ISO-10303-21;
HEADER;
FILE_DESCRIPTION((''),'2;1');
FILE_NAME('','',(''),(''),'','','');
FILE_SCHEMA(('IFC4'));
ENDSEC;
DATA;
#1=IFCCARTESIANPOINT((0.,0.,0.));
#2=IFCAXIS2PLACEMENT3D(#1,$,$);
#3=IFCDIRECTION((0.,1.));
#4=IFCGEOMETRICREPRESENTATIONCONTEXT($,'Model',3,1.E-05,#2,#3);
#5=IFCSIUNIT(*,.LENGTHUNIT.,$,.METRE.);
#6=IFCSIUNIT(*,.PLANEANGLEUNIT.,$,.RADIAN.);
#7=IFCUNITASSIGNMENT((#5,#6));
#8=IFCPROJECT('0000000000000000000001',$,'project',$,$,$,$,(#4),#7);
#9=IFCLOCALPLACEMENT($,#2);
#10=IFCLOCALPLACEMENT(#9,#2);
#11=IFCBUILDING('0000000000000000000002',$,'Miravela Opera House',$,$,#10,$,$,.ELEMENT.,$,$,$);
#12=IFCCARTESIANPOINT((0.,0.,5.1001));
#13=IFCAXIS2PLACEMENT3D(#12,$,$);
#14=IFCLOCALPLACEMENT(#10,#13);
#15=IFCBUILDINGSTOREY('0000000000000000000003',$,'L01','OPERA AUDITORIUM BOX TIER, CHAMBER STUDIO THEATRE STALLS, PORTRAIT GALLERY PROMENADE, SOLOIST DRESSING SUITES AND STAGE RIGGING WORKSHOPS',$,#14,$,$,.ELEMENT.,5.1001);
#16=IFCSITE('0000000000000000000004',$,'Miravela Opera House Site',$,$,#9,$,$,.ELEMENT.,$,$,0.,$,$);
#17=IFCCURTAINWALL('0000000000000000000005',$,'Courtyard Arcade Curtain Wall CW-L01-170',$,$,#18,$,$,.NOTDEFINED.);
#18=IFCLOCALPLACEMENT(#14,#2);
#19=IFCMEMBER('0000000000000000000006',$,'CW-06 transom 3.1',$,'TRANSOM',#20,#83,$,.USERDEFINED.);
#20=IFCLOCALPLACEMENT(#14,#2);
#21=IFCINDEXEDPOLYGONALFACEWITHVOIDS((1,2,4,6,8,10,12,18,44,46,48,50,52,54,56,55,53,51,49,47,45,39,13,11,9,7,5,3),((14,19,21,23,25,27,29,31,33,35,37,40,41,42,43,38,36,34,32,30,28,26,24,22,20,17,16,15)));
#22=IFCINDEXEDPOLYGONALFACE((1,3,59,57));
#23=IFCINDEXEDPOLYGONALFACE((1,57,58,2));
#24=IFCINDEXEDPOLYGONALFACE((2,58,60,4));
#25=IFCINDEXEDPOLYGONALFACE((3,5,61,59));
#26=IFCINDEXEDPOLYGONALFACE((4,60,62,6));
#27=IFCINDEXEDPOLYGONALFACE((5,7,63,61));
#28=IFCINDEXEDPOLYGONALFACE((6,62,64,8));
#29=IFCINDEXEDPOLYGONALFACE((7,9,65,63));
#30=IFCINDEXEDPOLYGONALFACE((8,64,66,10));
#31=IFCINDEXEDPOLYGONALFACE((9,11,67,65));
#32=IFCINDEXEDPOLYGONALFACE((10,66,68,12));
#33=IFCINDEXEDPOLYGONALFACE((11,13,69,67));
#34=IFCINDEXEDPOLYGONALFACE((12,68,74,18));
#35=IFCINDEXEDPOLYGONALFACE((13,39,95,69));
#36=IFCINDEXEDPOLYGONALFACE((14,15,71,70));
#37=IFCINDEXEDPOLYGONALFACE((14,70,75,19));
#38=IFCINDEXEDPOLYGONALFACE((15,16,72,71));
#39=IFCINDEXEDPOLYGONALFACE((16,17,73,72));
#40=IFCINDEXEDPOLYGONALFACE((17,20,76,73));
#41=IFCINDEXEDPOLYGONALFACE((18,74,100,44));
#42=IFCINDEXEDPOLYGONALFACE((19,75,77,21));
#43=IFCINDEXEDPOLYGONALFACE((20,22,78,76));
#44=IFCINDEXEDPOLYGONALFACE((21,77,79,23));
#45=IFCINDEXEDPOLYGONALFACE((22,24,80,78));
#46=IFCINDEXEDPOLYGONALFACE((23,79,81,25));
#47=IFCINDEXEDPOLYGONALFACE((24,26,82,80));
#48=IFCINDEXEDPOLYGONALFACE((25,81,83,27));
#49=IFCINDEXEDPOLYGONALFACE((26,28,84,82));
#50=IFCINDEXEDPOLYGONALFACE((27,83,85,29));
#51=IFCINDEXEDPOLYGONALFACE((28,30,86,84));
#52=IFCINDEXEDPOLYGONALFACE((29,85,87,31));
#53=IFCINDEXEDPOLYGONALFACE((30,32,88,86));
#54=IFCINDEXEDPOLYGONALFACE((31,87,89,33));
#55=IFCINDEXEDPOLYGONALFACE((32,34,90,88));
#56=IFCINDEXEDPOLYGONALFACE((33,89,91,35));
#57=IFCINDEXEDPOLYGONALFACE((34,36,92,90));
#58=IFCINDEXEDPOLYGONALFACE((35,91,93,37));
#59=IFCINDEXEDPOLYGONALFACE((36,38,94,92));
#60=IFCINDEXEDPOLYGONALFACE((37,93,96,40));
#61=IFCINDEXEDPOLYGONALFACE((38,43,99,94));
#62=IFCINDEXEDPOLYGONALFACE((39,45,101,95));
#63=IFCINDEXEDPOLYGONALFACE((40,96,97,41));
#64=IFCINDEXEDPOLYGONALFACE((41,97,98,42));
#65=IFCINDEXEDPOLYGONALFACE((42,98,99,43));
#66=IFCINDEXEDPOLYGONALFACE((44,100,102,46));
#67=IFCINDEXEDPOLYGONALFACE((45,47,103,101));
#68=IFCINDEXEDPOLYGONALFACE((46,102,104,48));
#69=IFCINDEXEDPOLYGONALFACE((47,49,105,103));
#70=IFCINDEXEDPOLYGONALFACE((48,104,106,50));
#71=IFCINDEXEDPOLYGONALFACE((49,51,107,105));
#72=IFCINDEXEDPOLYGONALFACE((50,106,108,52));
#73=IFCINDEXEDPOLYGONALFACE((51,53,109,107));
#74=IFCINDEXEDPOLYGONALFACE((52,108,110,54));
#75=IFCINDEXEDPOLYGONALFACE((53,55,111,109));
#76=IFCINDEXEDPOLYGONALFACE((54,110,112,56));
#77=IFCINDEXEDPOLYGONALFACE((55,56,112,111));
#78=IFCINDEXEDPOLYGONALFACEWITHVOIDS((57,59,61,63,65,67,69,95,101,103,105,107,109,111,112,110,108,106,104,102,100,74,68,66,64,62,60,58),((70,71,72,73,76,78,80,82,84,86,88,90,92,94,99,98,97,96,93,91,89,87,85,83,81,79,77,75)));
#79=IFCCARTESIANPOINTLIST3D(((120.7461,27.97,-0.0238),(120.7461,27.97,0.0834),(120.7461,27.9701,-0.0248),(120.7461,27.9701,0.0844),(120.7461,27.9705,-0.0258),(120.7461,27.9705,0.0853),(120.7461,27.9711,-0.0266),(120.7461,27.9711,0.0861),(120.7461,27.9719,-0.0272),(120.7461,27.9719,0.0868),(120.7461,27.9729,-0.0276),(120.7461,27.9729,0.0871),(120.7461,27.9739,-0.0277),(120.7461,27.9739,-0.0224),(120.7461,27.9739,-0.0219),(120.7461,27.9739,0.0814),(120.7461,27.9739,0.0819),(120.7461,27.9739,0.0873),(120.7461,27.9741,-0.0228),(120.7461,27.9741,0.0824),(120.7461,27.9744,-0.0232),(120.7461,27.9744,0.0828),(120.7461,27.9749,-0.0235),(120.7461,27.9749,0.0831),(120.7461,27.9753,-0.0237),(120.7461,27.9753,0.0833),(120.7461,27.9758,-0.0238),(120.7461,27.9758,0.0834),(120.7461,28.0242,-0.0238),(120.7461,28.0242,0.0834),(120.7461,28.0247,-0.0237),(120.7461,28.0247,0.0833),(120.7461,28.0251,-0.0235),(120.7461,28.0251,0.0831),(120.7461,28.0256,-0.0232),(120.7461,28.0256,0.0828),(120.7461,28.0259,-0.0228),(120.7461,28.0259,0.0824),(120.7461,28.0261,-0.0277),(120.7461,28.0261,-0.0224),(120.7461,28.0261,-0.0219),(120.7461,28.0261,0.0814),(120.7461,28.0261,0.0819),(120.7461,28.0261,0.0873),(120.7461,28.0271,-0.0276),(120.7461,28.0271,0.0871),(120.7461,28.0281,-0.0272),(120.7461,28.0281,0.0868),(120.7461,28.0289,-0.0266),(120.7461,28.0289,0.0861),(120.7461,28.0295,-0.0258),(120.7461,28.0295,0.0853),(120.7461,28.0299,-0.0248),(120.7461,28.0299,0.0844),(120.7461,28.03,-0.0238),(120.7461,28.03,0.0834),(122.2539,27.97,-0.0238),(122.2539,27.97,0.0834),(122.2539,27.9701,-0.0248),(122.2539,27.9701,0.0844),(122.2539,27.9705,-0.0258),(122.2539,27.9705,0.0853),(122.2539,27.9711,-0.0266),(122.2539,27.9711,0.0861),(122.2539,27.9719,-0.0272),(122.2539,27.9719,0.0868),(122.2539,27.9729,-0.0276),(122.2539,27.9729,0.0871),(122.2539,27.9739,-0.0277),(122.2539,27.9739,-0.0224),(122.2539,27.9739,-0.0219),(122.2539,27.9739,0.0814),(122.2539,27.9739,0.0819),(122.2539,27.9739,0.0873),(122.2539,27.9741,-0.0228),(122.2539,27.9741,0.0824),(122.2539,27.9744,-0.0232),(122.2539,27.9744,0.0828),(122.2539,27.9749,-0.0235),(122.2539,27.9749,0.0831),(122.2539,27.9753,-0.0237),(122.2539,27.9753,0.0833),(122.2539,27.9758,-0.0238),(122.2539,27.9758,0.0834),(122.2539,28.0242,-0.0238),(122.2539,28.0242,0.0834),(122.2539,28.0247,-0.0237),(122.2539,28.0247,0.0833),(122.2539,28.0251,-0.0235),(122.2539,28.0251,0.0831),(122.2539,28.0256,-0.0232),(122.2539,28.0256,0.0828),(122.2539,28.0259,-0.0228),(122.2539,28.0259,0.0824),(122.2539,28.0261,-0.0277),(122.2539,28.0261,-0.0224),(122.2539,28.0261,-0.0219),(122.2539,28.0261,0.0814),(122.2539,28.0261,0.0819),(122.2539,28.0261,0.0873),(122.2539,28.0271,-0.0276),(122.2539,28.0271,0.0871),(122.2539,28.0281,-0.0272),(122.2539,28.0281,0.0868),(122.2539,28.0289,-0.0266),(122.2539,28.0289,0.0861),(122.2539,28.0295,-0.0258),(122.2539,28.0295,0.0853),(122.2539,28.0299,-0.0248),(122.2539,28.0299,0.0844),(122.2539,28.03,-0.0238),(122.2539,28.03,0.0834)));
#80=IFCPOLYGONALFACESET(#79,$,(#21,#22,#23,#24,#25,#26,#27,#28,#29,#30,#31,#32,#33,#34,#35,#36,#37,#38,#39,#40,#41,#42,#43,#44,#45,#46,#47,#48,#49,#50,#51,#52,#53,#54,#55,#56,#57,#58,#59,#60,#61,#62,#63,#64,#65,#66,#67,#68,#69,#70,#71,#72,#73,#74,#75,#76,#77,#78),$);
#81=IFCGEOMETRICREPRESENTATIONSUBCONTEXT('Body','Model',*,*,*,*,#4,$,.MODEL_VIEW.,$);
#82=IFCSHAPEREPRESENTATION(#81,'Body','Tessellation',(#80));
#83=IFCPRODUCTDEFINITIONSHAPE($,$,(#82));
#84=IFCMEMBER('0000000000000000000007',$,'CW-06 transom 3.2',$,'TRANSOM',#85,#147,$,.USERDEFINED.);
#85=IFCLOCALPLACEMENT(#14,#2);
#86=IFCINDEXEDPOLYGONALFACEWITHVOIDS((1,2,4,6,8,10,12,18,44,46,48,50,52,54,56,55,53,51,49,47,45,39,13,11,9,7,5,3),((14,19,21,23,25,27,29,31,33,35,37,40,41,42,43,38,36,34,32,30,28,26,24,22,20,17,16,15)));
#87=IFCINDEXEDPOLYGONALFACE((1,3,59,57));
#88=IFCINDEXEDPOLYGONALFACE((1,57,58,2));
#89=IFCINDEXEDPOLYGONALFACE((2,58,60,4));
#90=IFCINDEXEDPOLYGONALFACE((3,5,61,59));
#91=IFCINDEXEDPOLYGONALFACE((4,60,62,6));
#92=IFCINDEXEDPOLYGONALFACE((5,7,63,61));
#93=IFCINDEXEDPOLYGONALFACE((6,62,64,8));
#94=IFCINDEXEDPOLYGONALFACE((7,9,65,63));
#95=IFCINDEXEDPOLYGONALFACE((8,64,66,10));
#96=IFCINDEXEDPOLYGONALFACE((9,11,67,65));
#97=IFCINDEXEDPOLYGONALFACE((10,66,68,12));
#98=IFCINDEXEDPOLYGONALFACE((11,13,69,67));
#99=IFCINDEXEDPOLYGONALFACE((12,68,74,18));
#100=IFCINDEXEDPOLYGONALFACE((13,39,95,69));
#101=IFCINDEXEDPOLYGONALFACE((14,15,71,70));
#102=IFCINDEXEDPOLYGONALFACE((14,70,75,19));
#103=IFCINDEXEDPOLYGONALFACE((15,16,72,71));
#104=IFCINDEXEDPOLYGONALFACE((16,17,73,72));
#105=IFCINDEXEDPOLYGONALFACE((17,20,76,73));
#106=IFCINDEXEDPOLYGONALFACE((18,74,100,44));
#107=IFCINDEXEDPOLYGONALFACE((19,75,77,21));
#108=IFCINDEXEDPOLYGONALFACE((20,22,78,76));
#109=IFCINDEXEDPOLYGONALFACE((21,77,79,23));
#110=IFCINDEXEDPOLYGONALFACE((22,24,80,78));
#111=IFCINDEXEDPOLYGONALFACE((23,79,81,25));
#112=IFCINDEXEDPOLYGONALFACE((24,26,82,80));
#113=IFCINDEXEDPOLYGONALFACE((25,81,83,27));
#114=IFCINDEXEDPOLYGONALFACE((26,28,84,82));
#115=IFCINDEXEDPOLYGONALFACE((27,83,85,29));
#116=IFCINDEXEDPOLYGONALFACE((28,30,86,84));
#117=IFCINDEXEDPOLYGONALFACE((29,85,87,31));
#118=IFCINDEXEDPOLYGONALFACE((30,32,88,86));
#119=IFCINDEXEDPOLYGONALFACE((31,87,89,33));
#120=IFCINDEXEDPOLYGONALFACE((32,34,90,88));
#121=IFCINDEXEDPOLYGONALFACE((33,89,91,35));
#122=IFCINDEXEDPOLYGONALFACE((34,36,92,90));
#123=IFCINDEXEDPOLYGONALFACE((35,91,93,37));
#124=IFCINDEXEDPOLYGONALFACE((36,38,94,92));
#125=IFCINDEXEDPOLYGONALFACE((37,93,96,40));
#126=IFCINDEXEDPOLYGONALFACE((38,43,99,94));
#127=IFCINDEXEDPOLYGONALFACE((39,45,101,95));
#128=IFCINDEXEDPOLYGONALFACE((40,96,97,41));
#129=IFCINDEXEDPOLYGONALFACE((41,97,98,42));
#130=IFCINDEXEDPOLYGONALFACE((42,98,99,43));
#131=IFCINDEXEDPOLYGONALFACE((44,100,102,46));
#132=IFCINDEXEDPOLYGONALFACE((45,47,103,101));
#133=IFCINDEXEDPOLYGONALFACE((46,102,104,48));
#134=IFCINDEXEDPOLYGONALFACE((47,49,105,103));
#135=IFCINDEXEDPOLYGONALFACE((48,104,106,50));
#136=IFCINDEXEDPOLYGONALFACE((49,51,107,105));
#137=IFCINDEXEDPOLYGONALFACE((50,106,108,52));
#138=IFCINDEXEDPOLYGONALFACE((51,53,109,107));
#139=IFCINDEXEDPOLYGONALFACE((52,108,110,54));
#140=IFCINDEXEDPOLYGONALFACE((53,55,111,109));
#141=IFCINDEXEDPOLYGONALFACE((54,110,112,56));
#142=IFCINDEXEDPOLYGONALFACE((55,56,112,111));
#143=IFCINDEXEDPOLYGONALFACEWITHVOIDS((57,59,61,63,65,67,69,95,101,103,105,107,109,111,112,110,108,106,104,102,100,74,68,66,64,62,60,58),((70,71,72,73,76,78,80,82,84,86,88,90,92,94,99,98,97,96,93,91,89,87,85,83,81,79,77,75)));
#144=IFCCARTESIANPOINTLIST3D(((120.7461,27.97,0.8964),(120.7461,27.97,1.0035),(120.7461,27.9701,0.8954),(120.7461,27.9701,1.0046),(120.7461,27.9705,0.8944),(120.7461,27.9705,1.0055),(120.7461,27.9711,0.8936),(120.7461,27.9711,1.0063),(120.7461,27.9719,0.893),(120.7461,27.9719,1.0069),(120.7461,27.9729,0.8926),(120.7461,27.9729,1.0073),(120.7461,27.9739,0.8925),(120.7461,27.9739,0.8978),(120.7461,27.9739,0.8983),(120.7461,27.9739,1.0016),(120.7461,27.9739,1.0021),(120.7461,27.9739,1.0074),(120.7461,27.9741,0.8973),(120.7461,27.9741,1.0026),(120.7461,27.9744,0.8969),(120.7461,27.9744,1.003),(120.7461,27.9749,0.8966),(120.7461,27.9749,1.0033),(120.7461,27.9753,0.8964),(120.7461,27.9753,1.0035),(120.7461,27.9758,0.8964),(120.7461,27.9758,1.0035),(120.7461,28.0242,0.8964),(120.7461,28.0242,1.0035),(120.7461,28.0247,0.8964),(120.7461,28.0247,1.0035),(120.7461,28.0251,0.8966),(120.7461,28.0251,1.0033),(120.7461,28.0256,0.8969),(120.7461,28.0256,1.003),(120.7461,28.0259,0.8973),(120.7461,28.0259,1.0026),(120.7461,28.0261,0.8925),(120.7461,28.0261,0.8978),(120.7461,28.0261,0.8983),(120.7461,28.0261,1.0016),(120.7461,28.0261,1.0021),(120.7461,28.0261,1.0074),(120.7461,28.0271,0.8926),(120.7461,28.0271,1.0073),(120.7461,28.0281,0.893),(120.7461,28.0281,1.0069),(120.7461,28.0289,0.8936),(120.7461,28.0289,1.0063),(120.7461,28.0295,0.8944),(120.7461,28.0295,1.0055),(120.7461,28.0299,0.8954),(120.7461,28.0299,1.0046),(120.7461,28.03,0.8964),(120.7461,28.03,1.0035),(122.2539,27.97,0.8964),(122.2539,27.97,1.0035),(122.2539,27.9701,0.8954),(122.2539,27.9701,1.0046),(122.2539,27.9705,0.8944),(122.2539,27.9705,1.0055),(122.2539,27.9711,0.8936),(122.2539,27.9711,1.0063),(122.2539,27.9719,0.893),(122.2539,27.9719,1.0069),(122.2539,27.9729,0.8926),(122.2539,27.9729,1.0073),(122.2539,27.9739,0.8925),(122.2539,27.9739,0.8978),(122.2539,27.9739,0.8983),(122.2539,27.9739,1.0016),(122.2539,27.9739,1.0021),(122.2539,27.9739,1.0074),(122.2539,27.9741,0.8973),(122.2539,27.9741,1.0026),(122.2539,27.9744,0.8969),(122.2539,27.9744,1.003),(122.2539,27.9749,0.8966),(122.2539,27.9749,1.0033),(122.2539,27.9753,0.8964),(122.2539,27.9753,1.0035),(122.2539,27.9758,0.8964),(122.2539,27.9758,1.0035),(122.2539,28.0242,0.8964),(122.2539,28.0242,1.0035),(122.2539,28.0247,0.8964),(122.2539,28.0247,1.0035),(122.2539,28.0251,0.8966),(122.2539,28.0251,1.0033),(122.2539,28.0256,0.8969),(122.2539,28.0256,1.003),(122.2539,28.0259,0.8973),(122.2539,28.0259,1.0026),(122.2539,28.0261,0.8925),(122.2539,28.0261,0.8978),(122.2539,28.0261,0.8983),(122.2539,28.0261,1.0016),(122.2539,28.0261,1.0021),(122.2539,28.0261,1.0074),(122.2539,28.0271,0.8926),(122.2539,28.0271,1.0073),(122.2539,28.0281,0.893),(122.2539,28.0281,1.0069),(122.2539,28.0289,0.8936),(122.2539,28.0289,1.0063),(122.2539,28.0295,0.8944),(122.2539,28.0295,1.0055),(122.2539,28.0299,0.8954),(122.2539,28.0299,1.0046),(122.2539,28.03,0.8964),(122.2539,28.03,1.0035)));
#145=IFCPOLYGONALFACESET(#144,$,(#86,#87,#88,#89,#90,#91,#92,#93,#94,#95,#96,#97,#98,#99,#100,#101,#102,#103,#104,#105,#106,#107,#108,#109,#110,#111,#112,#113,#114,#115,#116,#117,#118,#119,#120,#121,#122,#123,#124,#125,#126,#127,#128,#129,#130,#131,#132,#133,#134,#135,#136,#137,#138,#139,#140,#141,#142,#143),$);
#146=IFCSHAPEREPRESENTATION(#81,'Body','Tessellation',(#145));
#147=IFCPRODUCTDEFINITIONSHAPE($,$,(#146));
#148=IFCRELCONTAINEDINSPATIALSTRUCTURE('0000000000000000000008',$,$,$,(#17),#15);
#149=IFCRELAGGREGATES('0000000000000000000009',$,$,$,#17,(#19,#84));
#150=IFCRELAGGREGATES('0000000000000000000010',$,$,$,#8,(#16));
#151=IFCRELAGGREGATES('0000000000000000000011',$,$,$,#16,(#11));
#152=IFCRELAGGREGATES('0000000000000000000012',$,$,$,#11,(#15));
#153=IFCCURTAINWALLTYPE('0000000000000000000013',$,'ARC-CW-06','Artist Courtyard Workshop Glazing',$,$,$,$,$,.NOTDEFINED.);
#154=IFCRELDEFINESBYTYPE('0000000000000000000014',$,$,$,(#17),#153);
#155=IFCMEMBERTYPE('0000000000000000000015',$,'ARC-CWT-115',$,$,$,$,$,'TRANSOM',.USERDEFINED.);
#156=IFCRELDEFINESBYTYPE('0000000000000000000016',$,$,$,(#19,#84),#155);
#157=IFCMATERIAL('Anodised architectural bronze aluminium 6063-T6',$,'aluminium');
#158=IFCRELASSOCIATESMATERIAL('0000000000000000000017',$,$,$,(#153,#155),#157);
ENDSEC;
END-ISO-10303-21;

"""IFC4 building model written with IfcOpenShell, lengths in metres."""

from ifc_helpers import new_model, si_unit, direction, frame, origin, origin_2d, place, context, subcontext, project, spatial, hollow_rectangle, extrude, material, material_profile, profile_set, type_object, element, aggregate, save


model = new_model("IFC4")

# Units and contexts
model_context = context("Model", 3, precision=1e-05, world=origin(), true_north=direction((0.0, 1.0)))
body_context = subcontext(model_context, "Body", "Model", "MODEL_VIEW")
ifc_project = project(units=[si_unit("LENGTHUNIT", "METRE"), si_unit("PLANEANGLEUNIT", "RADIAN")], contexts=[model_context])

# Site, building, storey
site_placement = place(None, origin())
site = spatial("IfcSite", under=ifc_project, at=site_placement, Name="Miravela Opera House Site", CompositionType="ELEMENT", RefElevation=0.0)
building_placement = place(site_placement, origin())
building = spatial("IfcBuilding", under=site, at=building_placement, Name="Miravela Opera House", CompositionType="ELEMENT")
storey_placement = place(building_placement, frame((0.0, 0.0, 5.1001)))
storey = spatial("IfcBuildingStorey", under=building, at=storey_placement, Name="L01", Description="OPERA AUDITORIUM BOX TIER, CHAMBER STUDIO THEATRE STALLS, PORTRAIT GALLERY PROMENADE, SOLOIST DRESSING SUITES AND STAGE RIGGING WORKSHOPS", CompositionType="ELEMENT", Elevation=5.1001)

# Curtain wall, members
ifc_material_1 = material(Name="Anodised architectural bronze aluminium 6063-T6", Category="aluminium")
curtain_wall_type = type_object("IfcCurtainWallType", Name="ARC-CW-06", Description="Artist Courtyard Workshop Glazing", PredefinedType="NOTDEFINED", material=ifc_material_1)
curtain_wall_placement = place(storey_placement, origin())
curtain_wall = element("IfcCurtainWall", 1, at=curtain_wall_placement, inside=storey, type_object=curtain_wall_type, Name="Courtyard Arcade Curtain Wall CW-L01-170", PredefinedType="NOTDEFINED")
ifc_material_profile_1 = material_profile(ifc_material_1, hollow_rectangle(XDim=0.0601, YDim=0.115, WallThickness=0.0039, InnerFilletRadius=0.002, OuterFilletRadius=0.0039, at=origin_2d()), Name="CWT-60X115")
ifc_profile_set_1 = profile_set([ifc_material_profile_1])
member_type_1 = type_object("IfcMemberType", Name="ARC-CWT-115", ElementType="TRANSOM", PredefinedType="USERDEFINED", material=ifc_profile_set_1)
member_1_placement = place(storey_placement, frame((120.7461, 28.0, 0.0298), z_axis=(1.0, 0.0, 0.0), x_axis=(0.0, 1.0, 0.0)))
member_1 = element("IfcMember", 2, at=member_1_placement, type_object=member_type_1, Name="CW-06 transom 3.1", ObjectType="TRANSOM", PredefinedType="USERDEFINED", context=body_context, shape_type="SweptSolid", body=[
    extrude(hollow_rectangle(XDim=0.0601, YDim=0.115, WallThickness=0.0039, InnerFilletRadius=0.002, OuterFilletRadius=0.0039, at=origin_2d()), origin(), (0.0, 0.0, 1.0), 1.5078),
])
member_2_placement = place(storey_placement, frame((120.7461, 28.0, 0.95), z_axis=(1.0, 0.0, 0.0), x_axis=(0.0, 1.0, 0.0)))
member_2 = element("IfcMember", 3, at=member_2_placement, type_object=member_type_1, Name="CW-06 transom 3.2", ObjectType="TRANSOM", PredefinedType="USERDEFINED", context=body_context, shape_type="SweptSolid", body=[
    extrude(hollow_rectangle(XDim=0.0601, YDim=0.115, WallThickness=0.0039, InnerFilletRadius=0.002, OuterFilletRadius=0.0039, at=origin_2d()), origin(), (0.0, 0.0, 1.0), 1.5078),
])
aggregate(curtain_wall, [member_1, member_2])

save(model, "model.ifc")
